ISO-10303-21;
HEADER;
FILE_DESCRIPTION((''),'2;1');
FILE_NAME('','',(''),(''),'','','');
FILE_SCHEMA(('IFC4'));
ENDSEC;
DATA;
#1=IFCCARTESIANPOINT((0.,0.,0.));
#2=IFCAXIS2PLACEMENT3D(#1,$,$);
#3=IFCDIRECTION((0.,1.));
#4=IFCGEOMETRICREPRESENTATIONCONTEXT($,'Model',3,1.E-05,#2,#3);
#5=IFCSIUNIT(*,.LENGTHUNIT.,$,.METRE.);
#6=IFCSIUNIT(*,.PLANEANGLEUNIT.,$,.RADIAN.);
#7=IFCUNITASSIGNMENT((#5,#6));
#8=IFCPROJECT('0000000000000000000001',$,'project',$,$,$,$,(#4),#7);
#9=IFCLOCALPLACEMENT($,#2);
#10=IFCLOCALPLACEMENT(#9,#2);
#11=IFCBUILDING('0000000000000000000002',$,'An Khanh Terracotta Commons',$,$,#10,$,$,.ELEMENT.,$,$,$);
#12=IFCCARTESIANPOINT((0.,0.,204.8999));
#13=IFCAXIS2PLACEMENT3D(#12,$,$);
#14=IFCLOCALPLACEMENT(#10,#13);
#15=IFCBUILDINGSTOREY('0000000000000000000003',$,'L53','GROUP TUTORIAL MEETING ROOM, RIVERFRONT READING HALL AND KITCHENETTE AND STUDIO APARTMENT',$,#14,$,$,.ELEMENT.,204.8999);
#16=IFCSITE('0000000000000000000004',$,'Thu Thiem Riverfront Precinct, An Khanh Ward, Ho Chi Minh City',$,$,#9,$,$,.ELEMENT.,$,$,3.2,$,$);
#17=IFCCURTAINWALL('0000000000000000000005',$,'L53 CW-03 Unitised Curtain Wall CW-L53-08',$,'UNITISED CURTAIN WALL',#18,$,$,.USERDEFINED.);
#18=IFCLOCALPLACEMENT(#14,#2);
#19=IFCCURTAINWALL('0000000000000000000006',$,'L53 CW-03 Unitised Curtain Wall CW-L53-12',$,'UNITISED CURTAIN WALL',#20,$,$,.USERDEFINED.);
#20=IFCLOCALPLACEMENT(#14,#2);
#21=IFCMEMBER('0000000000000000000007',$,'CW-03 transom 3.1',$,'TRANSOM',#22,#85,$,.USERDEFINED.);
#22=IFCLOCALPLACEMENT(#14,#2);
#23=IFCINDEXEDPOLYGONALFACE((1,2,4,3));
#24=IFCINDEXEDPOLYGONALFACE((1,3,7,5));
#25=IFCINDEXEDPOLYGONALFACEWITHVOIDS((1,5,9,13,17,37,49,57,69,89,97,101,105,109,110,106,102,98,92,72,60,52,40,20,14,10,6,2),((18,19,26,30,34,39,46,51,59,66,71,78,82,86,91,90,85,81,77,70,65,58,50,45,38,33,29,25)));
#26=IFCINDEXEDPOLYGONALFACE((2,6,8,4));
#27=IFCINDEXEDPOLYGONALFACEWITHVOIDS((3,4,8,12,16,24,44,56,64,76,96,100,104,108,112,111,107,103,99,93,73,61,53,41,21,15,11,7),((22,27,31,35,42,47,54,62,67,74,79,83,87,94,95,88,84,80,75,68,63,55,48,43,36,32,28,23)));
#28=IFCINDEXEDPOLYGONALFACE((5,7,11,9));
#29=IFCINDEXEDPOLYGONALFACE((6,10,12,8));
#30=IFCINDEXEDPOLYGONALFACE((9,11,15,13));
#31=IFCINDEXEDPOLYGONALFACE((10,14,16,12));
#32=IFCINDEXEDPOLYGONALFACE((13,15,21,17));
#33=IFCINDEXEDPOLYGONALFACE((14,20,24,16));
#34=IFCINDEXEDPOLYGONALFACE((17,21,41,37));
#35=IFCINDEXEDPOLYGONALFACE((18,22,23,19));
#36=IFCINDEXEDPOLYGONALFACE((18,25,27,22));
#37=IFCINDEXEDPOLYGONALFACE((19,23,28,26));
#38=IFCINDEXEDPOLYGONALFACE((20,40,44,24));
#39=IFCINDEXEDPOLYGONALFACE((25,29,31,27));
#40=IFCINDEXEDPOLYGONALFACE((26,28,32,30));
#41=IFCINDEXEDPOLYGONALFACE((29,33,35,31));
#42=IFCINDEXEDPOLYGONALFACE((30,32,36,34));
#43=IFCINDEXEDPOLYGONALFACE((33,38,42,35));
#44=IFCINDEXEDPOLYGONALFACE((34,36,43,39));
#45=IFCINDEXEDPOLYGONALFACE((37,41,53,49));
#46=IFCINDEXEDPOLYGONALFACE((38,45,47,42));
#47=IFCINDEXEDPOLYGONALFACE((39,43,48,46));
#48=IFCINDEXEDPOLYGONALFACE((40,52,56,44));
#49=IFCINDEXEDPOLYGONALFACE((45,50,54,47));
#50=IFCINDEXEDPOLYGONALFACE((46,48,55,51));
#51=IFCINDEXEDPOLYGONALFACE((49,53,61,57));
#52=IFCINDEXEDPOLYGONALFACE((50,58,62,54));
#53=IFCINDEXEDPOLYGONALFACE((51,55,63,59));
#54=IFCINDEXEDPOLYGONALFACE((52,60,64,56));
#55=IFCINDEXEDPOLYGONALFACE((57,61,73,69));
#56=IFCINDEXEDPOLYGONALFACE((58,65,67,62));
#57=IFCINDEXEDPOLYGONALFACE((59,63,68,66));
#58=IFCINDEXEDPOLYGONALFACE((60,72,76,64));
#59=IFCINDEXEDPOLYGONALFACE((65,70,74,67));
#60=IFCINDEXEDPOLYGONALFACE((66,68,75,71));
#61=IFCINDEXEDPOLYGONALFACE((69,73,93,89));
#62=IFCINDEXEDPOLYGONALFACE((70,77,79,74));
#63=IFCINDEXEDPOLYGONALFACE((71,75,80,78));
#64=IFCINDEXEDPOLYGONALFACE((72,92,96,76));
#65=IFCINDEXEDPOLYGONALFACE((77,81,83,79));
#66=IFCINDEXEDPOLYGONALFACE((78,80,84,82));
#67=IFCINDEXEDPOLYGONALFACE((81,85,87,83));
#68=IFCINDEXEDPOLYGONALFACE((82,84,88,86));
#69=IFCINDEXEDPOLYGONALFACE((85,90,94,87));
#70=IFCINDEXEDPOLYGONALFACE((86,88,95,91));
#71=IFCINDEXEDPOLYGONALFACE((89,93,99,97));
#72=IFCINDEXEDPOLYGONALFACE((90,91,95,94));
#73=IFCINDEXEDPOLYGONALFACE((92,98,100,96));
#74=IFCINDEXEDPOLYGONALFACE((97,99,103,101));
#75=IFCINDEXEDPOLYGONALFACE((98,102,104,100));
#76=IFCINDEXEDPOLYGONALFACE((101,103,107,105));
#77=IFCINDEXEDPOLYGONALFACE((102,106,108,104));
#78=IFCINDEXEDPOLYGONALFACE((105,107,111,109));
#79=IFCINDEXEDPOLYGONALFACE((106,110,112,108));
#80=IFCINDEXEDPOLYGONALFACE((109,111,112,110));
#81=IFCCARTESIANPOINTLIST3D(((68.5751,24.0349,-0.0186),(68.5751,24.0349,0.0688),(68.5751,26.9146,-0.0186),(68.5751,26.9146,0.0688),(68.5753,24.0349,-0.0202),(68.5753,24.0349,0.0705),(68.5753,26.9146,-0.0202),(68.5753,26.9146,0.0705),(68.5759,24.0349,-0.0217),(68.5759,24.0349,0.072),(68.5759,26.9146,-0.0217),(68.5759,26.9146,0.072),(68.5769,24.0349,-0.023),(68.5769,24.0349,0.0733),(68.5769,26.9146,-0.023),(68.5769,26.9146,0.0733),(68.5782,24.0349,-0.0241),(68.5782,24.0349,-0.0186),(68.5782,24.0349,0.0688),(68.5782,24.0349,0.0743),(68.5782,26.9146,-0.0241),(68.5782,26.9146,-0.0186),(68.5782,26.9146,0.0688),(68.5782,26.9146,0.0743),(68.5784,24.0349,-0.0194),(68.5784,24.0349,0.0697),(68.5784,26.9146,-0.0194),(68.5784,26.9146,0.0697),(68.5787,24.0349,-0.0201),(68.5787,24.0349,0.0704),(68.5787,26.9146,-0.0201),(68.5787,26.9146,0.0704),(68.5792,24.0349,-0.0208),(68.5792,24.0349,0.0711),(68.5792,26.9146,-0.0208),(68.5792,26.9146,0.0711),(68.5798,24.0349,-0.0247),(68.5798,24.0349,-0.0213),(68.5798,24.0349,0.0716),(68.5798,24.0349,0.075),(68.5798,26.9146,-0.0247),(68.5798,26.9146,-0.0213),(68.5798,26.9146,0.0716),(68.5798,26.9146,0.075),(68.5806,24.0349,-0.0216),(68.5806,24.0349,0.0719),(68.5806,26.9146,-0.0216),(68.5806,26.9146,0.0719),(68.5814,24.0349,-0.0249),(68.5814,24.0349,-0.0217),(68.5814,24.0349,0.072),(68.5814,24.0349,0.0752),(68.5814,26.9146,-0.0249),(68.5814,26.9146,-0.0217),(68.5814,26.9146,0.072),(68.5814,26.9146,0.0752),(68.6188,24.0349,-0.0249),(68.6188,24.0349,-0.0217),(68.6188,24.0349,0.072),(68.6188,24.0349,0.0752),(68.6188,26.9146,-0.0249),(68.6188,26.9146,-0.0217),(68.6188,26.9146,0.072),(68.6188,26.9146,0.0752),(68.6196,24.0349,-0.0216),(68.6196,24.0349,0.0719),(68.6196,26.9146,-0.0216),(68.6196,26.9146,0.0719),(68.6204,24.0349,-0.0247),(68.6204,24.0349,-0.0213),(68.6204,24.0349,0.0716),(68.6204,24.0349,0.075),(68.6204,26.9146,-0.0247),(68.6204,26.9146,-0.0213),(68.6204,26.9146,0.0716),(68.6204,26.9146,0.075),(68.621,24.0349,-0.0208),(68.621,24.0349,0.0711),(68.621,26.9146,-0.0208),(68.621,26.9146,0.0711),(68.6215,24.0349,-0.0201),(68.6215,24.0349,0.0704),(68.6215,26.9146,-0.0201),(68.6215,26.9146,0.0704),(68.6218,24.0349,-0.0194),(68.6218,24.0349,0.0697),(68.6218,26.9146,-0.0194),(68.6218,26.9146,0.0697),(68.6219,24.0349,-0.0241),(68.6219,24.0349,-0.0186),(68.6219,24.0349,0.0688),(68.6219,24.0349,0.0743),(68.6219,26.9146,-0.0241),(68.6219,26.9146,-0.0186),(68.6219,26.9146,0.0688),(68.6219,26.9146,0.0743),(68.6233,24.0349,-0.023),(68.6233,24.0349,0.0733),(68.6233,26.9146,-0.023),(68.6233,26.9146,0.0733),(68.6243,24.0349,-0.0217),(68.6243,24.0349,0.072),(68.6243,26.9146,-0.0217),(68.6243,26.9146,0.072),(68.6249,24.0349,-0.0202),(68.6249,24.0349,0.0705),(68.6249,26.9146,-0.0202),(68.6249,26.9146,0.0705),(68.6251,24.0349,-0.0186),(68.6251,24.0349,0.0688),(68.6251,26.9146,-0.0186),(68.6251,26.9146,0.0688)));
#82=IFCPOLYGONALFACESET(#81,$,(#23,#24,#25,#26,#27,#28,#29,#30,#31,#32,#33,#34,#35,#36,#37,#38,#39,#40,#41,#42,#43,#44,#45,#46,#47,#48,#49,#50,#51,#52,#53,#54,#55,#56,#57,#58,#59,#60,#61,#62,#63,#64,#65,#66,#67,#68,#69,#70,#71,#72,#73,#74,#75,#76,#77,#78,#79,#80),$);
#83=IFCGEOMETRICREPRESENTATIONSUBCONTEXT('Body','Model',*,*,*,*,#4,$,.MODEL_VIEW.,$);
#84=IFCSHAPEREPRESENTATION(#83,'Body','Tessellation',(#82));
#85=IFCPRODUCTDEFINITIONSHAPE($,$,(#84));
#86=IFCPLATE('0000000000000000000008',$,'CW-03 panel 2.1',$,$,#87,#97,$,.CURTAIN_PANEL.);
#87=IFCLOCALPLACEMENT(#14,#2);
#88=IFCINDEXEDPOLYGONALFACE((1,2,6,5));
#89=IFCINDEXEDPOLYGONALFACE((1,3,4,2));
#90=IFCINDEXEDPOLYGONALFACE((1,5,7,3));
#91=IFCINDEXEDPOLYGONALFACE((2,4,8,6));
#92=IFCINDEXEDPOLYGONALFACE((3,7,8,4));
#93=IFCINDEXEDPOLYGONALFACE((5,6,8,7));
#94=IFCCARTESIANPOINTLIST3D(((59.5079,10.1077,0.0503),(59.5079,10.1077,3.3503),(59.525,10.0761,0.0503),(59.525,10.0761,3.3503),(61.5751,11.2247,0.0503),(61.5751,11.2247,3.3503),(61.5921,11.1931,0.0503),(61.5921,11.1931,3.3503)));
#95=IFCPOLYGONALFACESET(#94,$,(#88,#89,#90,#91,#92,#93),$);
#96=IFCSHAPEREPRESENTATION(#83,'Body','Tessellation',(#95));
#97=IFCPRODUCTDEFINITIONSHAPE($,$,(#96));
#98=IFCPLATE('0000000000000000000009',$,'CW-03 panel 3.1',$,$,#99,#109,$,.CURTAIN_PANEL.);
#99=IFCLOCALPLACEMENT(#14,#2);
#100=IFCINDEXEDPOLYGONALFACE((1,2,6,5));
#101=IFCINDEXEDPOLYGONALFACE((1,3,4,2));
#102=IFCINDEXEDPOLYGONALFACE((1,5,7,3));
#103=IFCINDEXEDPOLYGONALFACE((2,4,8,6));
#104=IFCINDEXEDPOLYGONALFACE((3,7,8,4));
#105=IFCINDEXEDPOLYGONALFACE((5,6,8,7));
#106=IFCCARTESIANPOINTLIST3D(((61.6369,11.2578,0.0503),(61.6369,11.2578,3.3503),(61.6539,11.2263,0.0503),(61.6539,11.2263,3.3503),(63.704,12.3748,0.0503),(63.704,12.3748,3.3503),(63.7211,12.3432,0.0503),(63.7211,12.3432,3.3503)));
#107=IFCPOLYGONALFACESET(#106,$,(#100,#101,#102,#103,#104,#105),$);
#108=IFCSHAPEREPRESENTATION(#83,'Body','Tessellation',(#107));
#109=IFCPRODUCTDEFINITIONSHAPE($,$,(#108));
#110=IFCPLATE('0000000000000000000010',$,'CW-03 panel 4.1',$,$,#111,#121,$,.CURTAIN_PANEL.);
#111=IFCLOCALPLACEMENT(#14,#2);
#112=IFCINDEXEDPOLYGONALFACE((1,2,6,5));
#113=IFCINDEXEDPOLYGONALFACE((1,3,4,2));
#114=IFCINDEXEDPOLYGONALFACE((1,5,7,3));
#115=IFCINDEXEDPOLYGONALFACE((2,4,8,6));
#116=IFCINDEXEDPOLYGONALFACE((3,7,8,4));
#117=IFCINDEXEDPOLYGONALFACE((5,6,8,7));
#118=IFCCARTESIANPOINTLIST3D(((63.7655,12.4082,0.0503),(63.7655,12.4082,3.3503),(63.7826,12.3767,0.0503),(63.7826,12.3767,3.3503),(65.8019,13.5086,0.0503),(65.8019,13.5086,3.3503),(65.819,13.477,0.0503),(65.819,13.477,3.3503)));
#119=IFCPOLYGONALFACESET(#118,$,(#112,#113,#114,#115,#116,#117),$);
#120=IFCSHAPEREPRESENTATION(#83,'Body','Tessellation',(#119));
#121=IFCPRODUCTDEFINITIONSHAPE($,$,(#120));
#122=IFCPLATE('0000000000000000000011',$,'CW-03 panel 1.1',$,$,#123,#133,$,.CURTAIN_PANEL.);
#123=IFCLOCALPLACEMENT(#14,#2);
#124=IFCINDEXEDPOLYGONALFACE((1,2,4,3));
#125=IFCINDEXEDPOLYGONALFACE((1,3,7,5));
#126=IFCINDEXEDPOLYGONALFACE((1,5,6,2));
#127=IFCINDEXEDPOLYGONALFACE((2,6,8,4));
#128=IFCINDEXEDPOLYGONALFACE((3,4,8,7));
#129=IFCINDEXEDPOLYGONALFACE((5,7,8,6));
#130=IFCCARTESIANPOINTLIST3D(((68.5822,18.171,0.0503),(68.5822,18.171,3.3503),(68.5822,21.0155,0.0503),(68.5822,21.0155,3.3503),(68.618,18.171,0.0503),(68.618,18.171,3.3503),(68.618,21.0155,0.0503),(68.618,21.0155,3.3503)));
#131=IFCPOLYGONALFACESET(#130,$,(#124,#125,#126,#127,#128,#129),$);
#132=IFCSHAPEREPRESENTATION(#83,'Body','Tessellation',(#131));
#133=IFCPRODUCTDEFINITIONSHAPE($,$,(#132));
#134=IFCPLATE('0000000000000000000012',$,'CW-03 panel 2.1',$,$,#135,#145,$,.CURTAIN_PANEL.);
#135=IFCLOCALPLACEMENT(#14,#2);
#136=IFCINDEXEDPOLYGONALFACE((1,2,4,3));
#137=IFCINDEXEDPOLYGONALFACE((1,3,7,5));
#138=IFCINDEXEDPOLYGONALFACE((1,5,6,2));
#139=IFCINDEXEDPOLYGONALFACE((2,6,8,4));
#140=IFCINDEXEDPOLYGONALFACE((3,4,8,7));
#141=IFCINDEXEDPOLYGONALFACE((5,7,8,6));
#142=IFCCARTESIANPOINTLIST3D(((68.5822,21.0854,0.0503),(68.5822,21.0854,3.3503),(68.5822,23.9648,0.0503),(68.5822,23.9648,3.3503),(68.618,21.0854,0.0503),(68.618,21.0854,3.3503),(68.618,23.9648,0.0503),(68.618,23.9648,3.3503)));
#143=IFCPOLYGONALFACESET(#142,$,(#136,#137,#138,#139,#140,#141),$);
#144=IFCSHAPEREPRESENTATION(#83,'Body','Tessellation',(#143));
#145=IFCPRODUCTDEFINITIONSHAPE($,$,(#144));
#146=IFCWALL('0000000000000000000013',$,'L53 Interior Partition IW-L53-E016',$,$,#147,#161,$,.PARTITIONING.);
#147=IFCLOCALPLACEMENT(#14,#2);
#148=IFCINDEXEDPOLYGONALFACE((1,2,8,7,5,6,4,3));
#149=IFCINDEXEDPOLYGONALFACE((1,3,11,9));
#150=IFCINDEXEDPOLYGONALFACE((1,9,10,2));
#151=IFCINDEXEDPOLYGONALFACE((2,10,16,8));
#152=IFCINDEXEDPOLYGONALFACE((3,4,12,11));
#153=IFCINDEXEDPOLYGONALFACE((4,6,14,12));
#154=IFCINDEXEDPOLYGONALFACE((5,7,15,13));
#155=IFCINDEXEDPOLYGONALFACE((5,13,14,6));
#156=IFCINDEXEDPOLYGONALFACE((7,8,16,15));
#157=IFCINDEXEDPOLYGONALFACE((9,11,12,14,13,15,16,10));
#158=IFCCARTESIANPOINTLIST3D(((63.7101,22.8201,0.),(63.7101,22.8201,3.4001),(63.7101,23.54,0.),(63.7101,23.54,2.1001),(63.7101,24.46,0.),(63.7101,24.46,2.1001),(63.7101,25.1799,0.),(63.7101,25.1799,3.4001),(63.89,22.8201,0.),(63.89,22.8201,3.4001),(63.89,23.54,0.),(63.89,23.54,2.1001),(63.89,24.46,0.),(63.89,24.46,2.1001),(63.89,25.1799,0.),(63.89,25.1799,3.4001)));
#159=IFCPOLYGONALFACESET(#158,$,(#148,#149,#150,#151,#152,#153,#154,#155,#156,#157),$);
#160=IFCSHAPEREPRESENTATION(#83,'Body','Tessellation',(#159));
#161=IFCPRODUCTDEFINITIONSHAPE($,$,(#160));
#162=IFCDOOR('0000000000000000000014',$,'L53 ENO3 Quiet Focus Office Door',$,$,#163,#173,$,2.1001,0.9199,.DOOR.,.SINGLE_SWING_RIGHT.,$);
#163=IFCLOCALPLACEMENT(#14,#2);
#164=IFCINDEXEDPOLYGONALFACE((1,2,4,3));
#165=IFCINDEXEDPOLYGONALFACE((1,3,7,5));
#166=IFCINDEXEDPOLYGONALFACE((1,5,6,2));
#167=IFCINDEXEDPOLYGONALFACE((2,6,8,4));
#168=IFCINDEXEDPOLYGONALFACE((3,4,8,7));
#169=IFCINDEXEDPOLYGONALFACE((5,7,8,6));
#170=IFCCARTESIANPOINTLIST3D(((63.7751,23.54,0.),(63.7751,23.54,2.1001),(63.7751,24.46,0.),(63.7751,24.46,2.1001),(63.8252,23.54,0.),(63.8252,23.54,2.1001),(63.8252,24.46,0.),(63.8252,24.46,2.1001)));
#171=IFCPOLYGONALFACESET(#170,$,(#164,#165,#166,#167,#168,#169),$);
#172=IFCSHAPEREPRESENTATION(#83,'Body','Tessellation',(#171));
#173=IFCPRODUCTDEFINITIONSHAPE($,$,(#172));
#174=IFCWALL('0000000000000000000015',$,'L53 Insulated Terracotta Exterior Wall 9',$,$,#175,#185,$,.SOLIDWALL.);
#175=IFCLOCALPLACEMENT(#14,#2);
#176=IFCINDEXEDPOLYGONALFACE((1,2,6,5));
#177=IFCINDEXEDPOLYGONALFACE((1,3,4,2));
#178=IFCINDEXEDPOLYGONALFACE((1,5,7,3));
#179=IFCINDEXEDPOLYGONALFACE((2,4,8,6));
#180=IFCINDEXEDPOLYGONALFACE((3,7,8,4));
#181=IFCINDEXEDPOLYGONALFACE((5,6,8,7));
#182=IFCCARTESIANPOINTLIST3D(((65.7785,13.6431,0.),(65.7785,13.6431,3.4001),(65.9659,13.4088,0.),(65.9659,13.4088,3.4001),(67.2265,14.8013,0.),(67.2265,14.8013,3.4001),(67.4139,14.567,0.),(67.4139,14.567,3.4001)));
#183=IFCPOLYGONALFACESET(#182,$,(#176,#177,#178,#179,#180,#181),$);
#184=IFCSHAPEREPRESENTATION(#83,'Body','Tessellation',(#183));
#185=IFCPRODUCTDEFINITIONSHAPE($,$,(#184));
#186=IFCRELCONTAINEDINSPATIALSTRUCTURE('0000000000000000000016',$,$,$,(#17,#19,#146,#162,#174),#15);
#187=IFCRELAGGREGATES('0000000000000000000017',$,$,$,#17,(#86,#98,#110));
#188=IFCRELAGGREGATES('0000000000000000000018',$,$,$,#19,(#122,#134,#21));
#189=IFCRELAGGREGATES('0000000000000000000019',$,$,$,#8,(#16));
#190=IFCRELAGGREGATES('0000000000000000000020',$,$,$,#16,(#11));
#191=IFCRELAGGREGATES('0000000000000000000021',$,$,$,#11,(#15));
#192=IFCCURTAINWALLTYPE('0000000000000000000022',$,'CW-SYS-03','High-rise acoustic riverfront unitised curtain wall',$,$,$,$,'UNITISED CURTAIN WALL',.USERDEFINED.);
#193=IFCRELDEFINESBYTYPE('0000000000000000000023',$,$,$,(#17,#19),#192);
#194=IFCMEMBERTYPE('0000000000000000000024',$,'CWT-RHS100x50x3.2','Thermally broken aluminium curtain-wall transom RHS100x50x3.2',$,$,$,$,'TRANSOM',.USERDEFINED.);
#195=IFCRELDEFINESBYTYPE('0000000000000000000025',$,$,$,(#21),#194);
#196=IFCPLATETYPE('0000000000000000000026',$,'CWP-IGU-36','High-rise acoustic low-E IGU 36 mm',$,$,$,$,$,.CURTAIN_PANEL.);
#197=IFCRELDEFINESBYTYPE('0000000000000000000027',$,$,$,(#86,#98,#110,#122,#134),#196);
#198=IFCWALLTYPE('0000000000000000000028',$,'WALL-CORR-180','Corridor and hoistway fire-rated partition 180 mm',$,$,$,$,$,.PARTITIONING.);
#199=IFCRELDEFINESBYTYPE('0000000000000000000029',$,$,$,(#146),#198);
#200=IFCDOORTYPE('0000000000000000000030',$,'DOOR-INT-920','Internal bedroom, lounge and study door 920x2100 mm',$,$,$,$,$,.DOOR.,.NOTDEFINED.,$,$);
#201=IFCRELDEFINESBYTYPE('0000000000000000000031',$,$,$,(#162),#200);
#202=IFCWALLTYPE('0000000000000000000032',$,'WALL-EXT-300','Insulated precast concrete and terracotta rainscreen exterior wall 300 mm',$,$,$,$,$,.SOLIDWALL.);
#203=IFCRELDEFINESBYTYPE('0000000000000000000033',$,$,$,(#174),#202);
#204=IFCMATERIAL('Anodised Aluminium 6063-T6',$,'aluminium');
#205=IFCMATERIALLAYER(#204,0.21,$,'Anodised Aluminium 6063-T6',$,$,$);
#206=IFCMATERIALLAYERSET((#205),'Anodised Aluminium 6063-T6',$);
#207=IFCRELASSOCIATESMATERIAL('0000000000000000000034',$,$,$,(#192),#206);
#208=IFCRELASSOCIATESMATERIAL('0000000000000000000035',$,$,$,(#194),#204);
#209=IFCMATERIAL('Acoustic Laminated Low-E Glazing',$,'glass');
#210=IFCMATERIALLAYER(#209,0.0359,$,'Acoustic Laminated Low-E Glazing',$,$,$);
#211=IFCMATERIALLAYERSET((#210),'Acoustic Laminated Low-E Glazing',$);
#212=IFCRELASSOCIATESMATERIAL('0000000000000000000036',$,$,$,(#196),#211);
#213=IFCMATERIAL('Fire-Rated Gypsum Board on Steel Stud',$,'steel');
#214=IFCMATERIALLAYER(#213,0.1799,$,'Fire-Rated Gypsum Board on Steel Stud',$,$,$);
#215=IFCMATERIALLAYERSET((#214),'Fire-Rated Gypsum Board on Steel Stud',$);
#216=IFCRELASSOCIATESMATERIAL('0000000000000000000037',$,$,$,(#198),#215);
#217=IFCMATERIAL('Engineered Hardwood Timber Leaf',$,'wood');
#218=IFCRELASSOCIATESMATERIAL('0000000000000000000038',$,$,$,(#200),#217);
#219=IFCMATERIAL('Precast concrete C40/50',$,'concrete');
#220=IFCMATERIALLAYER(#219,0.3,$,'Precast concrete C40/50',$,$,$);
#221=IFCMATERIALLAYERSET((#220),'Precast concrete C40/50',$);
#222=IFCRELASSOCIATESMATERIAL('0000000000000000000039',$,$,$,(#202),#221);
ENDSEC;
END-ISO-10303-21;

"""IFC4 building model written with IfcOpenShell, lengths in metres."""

from ifc_helpers import new_model, si_unit, direction, frame, frame_2d, origin, origin_2d, place, context, subcontext, project, spatial, rectangle, hollow_rectangle, extrude, material, layer, layer_set, material_profile, profile_set, type_object, element, fill, aggregate, save


model = new_model("IFC4")

# Units and contexts
model_context = context("Model", 3, precision=1e-05, world=origin(), true_north=direction((0.0, 1.0)))
body_context = subcontext(model_context, "Body", "Model", "MODEL_VIEW")
ifc_project = project(units=[si_unit("LENGTHUNIT", "METRE"), si_unit("PLANEANGLEUNIT", "RADIAN")], contexts=[model_context])

# Site, building, storey
site_placement = place(None, origin())
site = spatial("IfcSite", under=ifc_project, at=site_placement, Name="Thu Thiem Riverfront Precinct, An Khanh Ward, Ho Chi Minh City", CompositionType="ELEMENT", RefElevation=3.2)
building_placement = place(site_placement, origin())
building = spatial("IfcBuilding", under=site, at=building_placement, Name="An Khanh Terracotta Commons", CompositionType="ELEMENT")
storey_placement = place(building_placement, frame((0.0, 0.0, 204.8999)))
storey = spatial("IfcBuildingStorey", under=building, at=storey_placement, Name="L53", Description="GROUP TUTORIAL MEETING ROOM, RIVERFRONT READING HALL AND KITCHENETTE AND STUDIO APARTMENT", CompositionType="ELEMENT", Elevation=204.8999)

# Curtain walls
ifc_material_1 = material(Name="Anodised Aluminium 6063-T6", Category="aluminium")
ifc_layer_1 = layer(ifc_material_1, 0.21, Name="Anodised Aluminium 6063-T6")
ifc_layer_set_1 = layer_set([ifc_layer_1], Name="Anodised Aluminium 6063-T6")
curtain_wall_type = type_object("IfcCurtainWallType", Name="CW-SYS-03", Description="High-rise acoustic riverfront unitised curtain wall", ElementType="UNITISED CURTAIN WALL", PredefinedType="USERDEFINED", material=ifc_layer_set_1)
curtain_wall_1_placement = place(storey_placement, origin())
curtain_wall_1 = element("IfcCurtainWall", 1, at=curtain_wall_1_placement, inside=storey, type_object=curtain_wall_type, Name="L53 CW-03 Unitised Curtain Wall CW-L53-08", ObjectType="UNITISED CURTAIN WALL", PredefinedType="USERDEFINED")
curtain_wall_2_placement = place(storey_placement, origin())
curtain_wall_2 = element("IfcCurtainWall", 2, at=curtain_wall_2_placement, inside=storey, type_object=curtain_wall_type, Name="L53 CW-03 Unitised Curtain Wall CW-L53-12", ObjectType="UNITISED CURTAIN WALL", PredefinedType="USERDEFINED")

# Member
ifc_material_profile_1 = material_profile(ifc_material_1, hollow_rectangle(XDim=0.05, YDim=0.1001, WallThickness=0.0032, InnerFilletRadius=0.0032, OuterFilletRadius=0.0063, at=origin_2d()), Name="RHS100x50x3.2")
ifc_profile_set_1 = profile_set([ifc_material_profile_1], Name="Anodised Aluminium 6063-T6")
member_type_1 = type_object("IfcMemberType", Name="CWT-RHS100x50x3.2", Description="Thermally broken aluminium curtain-wall transom RHS100x50x3.2", ElementType="TRANSOM", PredefinedType="USERDEFINED", material=ifc_profile_set_1)
member_1_placement = place(storey_placement, frame((68.6001, 24.0349, 0.0251), z_axis=(0.0, 1.0, 0.0), x_axis=(-1.0, 0.0, 0.0)))
member_1 = element("IfcMember", 3, at=member_1_placement, type_object=member_type_1, Name="CW-03 transom 3.1", ObjectType="TRANSOM", PredefinedType="USERDEFINED", context=body_context, shape_type="SweptSolid", body=[
    extrude(hollow_rectangle(XDim=0.05, YDim=0.1001, WallThickness=0.0032, InnerFilletRadius=0.0032, OuterFilletRadius=0.0063, at=origin_2d()), origin(), (0.0, 0.0, 1.0), 2.8796),
])

# Plates
ifc_material_2 = material(Name="Acoustic Laminated Low-E Glazing", Category="glass")
ifc_layer_2 = layer(ifc_material_2, 0.0359, Name="Acoustic Laminated Low-E Glazing")
ifc_layer_set_2 = layer_set([ifc_layer_2], Name="Acoustic Laminated Low-E Glazing")
plate_type = type_object("IfcPlateType", Name="CWP-IGU-36", Description="High-rise acoustic low-E IGU 36 mm", PredefinedType="CURTAIN_PANEL", material=ifc_layer_set_2)
plate_1_placement = place(storey_placement, frame((60.55, 10.6504, 0.0503), z_axis=(0.0, 0.0, 1.0), x_axis=(0.87978, 0.475381, 0.0)))
plate_1 = element("IfcPlate", 4, at=plate_1_placement, type_object=plate_type, Name="CW-03 panel 2.1", PredefinedType="CURTAIN_PANEL", context=body_context, shape_type="SweptSolid", body=[
    extrude(rectangle(XDim=2.3496, YDim=0.0359, at=origin_2d()), origin(), (0.0, 0.0, 1.0), 3.3),
])
plate_2_placement = place(storey_placement, frame((62.679, 11.8005, 0.0503), z_axis=(0.0, 0.0, 1.0), x_axis=(0.87978, 0.475381, 0.0)))
plate_2 = element("IfcPlate", 5, at=plate_2_placement, type_object=plate_type, Name="CW-03 panel 3.1", PredefinedType="CURTAIN_PANEL", context=body_context, shape_type="SweptSolid", body=[
    extrude(rectangle(XDim=2.3496, YDim=0.0359, at=origin_2d()), origin(), (0.0, 0.0, 1.0), 3.3),
])
plate_3_placement = place(storey_placement, frame((64.7922, 12.9426, 0.0503), z_axis=(0.0, 0.0, 1.0), x_axis=(0.87978, 0.475381, 0.0)))
plate_3 = element("IfcPlate", 6, at=plate_3_placement, type_object=plate_type, Name="CW-03 panel 4.1", PredefinedType="CURTAIN_PANEL", context=body_context, shape_type="SweptSolid", body=[
    extrude(rectangle(XDim=2.3147, YDim=0.0359, at=origin_2d()), origin(), (0.0, 0.0, 1.0), 3.3),
])
aggregate(curtain_wall_1, [plate_1, plate_2, plate_3])
plate_4_placement = place(storey_placement, frame((68.6001, 19.5933, 0.0503), z_axis=(0.0, 0.0, 1.0), x_axis=(0.0, 1.0, 0.0)))
plate_4 = element("IfcPlate", 7, at=plate_4_placement, type_object=plate_type, Name="CW-03 panel 1.1", PredefinedType="CURTAIN_PANEL", context=body_context, shape_type="SweptSolid", body=[
    extrude(rectangle(XDim=2.8445, YDim=0.0359, at=origin_2d()), origin(), (0.0, 0.0, 1.0), 3.3),
])
plate_5_placement = place(storey_placement, frame((68.6001, 22.5251, 0.0503), z_axis=(0.0, 0.0, 1.0), x_axis=(0.0, 1.0, 0.0)))
plate_5 = element("IfcPlate", 8, at=plate_5_placement, type_object=plate_type, Name="CW-03 panel 2.1", PredefinedType="CURTAIN_PANEL", context=body_context, shape_type="SweptSolid", body=[
    extrude(rectangle(XDim=2.8794, YDim=0.0359, at=origin_2d()), origin(), (0.0, 0.0, 1.0), 3.3),
])
aggregate(curtain_wall_2, [plate_4, plate_5, member_1])

# Wall, opening, door
ifc_material_3 = material(Name="Fire-Rated Gypsum Board on Steel Stud", Category="steel")
ifc_layer_3 = layer(ifc_material_3, 0.1799, Name="Fire-Rated Gypsum Board on Steel Stud")
ifc_layer_set_3 = layer_set([ifc_layer_3], Name="Fire-Rated Gypsum Board on Steel Stud")
wall_type_1 = type_object("IfcWallType", Name="WALL-CORR-180", Description="Corridor and hoistway fire-rated partition 180 mm", PredefinedType="PARTITIONING", material=ifc_layer_set_3)
wall_1_placement = place(storey_placement, frame((63.8, 22.8201, 0.0), z_axis=(0.0, 0.0, 1.0), x_axis=(0.0, 1.0, 0.0)))
wall_1 = element("IfcWall", 9, at=wall_1_placement, inside=storey, type_object=wall_type_1, Name="L53 Interior Partition IW-L53-E016", PredefinedType="PARTITIONING", context=body_context, shape_type="SweptSolid", body=[
    extrude(rectangle(XDim=2.3599, YDim=0.1799, at=frame_2d((1.1799, 0.0))), origin(), (0.0, 0.0, 1.0), 3.4001),
])
opening_placement = place(wall_1_placement, frame((0.72, 0.0, 0.0)))
opening = element("IfcOpeningElement", 10, at=opening_placement, cuts=wall_1, PredefinedType="OPENING", context=body_context, shape_type="SweptSolid", body=[
    extrude(rectangle(XDim=0.9199, YDim=2.1001, at=frame_2d((0.46, 1.05))), frame((0.0, 0.0999, 0.0), z_axis=(0.0, -1.0, 0.0), x_axis=(1.0, 0.0, 0.0)), (0.0, 0.0, 1.0), 0.2),
])
ifc_material_4 = material(Name="Engineered Hardwood Timber Leaf", Category="wood")
door_type = type_object("IfcDoorType", Name="DOOR-INT-920", Description="Internal bedroom, lounge and study door 920x2100 mm", OperationType="NOTDEFINED", PredefinedType="DOOR", material=ifc_material_4)
door_placement = place(opening_placement, origin())
door = element("IfcDoor", 11, at=door_placement, inside=storey, type_object=door_type, Name="L53 ENO3 Quiet Focus Office Door", OperationType="SINGLE_SWING_RIGHT", OverallHeight=2.1001, OverallWidth=0.9199, PredefinedType="DOOR", context=body_context, shape_type="SweptSolid", body=[
    extrude(rectangle(XDim=0.9199, YDim=2.1001, at=frame_2d((0.46, 1.05))), frame((0.0, 0.0249, 0.0), z_axis=(0.0, -1.0, 0.0), x_axis=(1.0, 0.0, 0.0)), (0.0, 0.0, 1.0), 0.05),
])
fill(opening, door)

# Wall
ifc_material_5 = material(Name="Precast concrete C40/50", Category="concrete")
ifc_layer_4 = layer(ifc_material_5, 0.3, Name="Precast concrete C40/50")
ifc_layer_set_4 = layer_set([ifc_layer_4], Name="Precast concrete C40/50")
wall_type_2 = type_object("IfcWallType", Name="WALL-EXT-300", Description="Insulated precast concrete and terracotta rainscreen exterior wall 300 mm", PredefinedType="SOLIDWALL", material=ifc_layer_set_4)
wall_2_placement = place(storey_placement, frame((65.8721, 13.5259, 0.0), z_axis=(0.0, 0.0, 1.0), x_axis=(0.78092, 0.624631, 0.0)))
element("IfcWall", 12, at=wall_2_placement, inside=storey, type_object=wall_type_2, Name="L53 Insulated Terracotta Exterior Wall 9", PredefinedType="SOLIDWALL", context=body_context, shape_type="SweptSolid", body=[
    extrude(rectangle(XDim=1.8542, YDim=0.3, at=frame_2d((0.9272, 0.0))), origin(), (0.0, 0.0, 1.0), 3.4001),
])

save(model, "model.ifc")
